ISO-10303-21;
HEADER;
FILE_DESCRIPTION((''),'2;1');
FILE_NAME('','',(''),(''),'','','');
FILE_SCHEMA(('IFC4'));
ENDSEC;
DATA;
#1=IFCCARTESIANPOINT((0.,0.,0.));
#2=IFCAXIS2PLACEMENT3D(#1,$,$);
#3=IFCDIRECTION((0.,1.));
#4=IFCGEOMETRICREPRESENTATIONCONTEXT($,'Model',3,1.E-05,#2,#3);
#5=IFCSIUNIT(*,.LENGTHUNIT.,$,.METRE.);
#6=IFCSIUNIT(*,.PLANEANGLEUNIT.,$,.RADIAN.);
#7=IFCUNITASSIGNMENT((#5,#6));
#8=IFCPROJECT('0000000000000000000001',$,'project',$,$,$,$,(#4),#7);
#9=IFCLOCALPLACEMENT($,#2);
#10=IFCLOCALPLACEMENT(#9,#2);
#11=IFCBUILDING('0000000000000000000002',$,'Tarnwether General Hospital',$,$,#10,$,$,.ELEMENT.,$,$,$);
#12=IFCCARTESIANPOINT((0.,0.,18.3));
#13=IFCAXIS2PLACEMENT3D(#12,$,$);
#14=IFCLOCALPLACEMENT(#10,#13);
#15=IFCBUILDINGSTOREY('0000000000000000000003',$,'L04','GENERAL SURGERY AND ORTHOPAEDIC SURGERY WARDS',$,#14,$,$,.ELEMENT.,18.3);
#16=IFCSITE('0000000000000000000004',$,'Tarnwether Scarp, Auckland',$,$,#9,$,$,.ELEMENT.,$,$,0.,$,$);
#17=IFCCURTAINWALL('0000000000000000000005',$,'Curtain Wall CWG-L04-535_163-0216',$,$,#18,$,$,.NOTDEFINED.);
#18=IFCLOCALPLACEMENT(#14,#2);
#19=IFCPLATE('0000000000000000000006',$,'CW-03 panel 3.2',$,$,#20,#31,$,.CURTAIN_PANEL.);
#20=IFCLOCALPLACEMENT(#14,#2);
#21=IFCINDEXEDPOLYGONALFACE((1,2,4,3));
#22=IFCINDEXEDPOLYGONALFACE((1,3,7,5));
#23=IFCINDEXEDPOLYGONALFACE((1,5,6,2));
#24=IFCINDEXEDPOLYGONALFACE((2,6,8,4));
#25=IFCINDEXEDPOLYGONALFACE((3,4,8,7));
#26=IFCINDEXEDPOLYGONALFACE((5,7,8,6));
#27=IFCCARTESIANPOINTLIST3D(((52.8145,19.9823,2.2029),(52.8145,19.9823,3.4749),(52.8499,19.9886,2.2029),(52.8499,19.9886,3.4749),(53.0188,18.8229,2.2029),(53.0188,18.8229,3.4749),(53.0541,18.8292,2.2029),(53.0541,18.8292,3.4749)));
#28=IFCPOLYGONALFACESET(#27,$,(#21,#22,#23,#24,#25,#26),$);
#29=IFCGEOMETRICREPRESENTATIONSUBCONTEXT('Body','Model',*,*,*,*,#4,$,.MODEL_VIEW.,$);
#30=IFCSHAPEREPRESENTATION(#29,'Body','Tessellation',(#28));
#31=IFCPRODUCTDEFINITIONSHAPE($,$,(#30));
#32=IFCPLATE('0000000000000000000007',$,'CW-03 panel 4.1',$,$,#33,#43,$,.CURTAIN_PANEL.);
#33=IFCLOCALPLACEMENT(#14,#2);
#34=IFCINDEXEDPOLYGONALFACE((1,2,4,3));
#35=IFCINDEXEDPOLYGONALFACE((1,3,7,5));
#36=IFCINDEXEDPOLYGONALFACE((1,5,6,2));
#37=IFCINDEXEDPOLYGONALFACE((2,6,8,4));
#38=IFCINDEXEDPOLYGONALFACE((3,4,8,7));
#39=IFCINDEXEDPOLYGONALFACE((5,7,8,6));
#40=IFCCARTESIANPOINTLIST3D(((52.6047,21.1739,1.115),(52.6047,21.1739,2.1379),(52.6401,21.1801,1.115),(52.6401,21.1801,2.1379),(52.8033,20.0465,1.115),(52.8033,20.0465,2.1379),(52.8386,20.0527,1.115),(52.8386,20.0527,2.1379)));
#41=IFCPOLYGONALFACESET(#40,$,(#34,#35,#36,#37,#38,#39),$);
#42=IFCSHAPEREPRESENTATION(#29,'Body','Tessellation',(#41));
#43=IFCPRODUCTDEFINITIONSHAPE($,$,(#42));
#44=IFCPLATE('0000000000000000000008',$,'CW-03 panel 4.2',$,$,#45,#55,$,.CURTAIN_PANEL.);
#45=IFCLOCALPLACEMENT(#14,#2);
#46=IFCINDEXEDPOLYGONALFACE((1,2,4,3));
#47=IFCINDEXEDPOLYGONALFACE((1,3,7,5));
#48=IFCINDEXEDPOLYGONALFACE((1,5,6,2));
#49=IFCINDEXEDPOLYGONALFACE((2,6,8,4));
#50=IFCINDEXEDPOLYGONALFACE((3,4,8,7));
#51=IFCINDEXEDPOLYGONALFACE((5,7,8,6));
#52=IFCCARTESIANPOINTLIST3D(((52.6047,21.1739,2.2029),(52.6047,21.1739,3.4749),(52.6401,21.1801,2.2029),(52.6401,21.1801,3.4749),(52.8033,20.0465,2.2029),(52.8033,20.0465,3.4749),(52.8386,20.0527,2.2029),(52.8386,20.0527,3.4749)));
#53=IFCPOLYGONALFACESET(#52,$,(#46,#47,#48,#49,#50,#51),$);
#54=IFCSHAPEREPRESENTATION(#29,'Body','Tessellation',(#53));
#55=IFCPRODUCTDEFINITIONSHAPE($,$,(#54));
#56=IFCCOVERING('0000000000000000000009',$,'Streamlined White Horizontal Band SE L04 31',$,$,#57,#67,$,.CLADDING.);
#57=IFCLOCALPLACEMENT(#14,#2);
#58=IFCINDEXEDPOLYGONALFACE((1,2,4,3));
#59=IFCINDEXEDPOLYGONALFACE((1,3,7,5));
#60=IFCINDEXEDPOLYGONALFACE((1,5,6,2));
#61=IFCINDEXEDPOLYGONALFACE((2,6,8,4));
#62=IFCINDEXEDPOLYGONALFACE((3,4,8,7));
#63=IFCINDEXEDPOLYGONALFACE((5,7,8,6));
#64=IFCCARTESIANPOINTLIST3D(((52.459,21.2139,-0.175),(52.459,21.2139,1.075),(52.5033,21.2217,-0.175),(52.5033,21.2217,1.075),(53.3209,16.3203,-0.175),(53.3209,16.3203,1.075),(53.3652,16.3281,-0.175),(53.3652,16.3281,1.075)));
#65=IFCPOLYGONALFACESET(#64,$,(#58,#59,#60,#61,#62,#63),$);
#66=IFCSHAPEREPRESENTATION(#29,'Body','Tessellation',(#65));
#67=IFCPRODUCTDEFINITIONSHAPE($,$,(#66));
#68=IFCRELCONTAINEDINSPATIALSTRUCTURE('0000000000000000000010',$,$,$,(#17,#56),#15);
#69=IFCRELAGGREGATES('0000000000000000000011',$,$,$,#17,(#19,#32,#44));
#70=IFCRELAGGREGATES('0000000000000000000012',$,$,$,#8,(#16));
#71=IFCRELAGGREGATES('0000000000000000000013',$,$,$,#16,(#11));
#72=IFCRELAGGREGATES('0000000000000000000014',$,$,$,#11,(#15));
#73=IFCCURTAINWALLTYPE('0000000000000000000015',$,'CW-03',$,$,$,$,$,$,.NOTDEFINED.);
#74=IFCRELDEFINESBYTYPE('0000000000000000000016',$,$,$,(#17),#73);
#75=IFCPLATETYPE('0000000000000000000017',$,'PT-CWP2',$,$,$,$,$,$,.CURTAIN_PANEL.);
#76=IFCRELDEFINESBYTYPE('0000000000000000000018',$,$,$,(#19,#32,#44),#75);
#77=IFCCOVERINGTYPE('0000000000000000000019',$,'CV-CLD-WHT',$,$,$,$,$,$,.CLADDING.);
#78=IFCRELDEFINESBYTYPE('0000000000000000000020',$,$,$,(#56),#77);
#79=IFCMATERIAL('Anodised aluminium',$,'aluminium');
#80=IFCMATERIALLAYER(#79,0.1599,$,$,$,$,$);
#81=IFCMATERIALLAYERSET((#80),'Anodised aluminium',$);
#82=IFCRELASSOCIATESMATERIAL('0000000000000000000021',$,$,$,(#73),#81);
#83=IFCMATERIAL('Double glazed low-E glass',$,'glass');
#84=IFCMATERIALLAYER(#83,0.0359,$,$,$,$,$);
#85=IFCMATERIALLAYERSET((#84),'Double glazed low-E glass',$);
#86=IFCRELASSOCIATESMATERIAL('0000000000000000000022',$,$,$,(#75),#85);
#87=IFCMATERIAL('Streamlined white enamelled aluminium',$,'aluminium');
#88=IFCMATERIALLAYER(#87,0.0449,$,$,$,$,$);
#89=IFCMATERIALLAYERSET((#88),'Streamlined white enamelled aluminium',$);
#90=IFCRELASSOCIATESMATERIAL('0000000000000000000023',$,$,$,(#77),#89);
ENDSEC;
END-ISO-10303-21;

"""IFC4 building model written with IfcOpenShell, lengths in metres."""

from ifc_helpers import new_model, si_unit, direction, frame, origin, origin_2d, place, context, subcontext, project, spatial, rectangle, extrude, material, layer, layer_set, type_object, element, aggregate, save


model = new_model("IFC4")

# Units and contexts
model_context = context("Model", 3, precision=1e-05, world=origin(), true_north=direction((0.0, 1.0)))
body_context = subcontext(model_context, "Body", "Model", "MODEL_VIEW")
ifc_project = project(units=[si_unit("LENGTHUNIT", "METRE"), si_unit("PLANEANGLEUNIT", "RADIAN")], contexts=[model_context])

# Site, building, storey
site_placement = place(None, origin())
site = spatial("IfcSite", under=ifc_project, at=site_placement, Name="Tarnwether Scarp, Auckland", CompositionType="ELEMENT", RefElevation=0.0)
building_placement = place(site_placement, origin())
building = spatial("IfcBuilding", under=site, at=building_placement, Name="Tarnwether General Hospital", CompositionType="ELEMENT")
storey_placement = place(building_placement, frame((0.0, 0.0, 18.3)))
storey = spatial("IfcBuildingStorey", under=building, at=storey_placement, Name="L04", Description="GENERAL SURGERY AND ORTHOPAEDIC SURGERY WARDS", CompositionType="ELEMENT", Elevation=18.3)

# Shared definitions
ifc_material_1 = material(Name="Anodised aluminium", Category="aluminium")
ifc_layer_1 = layer(ifc_material_1, 0.1599)
ifc_layer_set_1 = layer_set([ifc_layer_1], Name="Anodised aluminium")
curtain_wall_type = type_object("IfcCurtainWallType", Name="CW-03", PredefinedType="NOTDEFINED", material=ifc_layer_set_1)

# Curtain wall
curtain_wall_1_placement = place(storey_placement, origin())
curtain_wall_1 = element("IfcCurtainWall", 1, at=curtain_wall_1_placement, inside=storey, type_object=curtain_wall_type, Name="Curtain Wall CWG-L04-535_163-0216", PredefinedType="NOTDEFINED")

# Plates
ifc_material_2 = material(Name="Double glazed low-E glass", Category="glass")
ifc_layer_2 = layer(ifc_material_2, 0.0359)
ifc_layer_set_2 = layer_set([ifc_layer_2], Name="Double glazed low-E glass")
plate_type_1 = type_object("IfcPlateType", Name="PT-CWP2", PredefinedType="CURTAIN_PANEL", material=ifc_layer_set_2)
plate_1_placement = place(storey_placement, frame((52.9343, 19.4058, 2.2029), z_axis=(0.0, 0.0, 1.0), x_axis=(-0.173464, 0.98484, 0.0)))
plate_1 = element("IfcPlate", 2, at=plate_1_placement, type_object=plate_type_1, Name="CW-03 panel 3.2", PredefinedType="CURTAIN_PANEL", context=body_context, shape_type="SweptSolid", body=[
    extrude(rectangle(XDim=1.1772, YDim=0.0359, at=origin_2d()), origin(), (0.0, 0.0, 1.0), 1.272),
])
plate_2_placement = place(storey_placement, frame((52.7217, 20.6133, 1.115), z_axis=(0.0, 0.0, 1.0), x_axis=(-0.173464, 0.98484, 0.0)))
plate_2 = element("IfcPlate", 3, at=plate_2_placement, type_object=plate_type_1, Name="CW-03 panel 4.1", PredefinedType="CURTAIN_PANEL", context=body_context, shape_type="SweptSolid", body=[
    extrude(rectangle(XDim=1.1448, YDim=0.0359, at=origin_2d()), origin(), (0.0, 0.0, 1.0), 1.0229),
])
plate_3_placement = place(storey_placement, frame((52.7217, 20.6133, 2.2029), z_axis=(0.0, 0.0, 1.0), x_axis=(-0.173464, 0.98484, 0.0)))
plate_3 = element("IfcPlate", 4, at=plate_3_placement, type_object=plate_type_1, Name="CW-03 panel 4.2", PredefinedType="CURTAIN_PANEL", context=body_context, shape_type="SweptSolid", body=[
    extrude(rectangle(XDim=1.1448, YDim=0.0359, at=origin_2d()), origin(), (0.0, 0.0, 1.0), 1.272),
])
aggregate(curtain_wall_1, [plate_1, plate_2, plate_3])

# Covering
ifc_material_3 = material(Name="Streamlined white enamelled aluminium", Category="aluminium")
ifc_layer_3 = layer(ifc_material_3, 0.0449)
ifc_layer_set_3 = layer_set([ifc_layer_3], Name="Streamlined white enamelled aluminium")
covering_type = type_object("IfcCoveringType", Name="CV-CLD-WHT", PredefinedType="CLADDING", material=ifc_layer_set_3)
covering_placement = place(storey_placement, frame((52.9121, 18.771, -0.175), z_axis=(0.0, 0.0, 1.0), x_axis=(-0.173459, 0.984841, 0.0)))
element("IfcCovering", 5, at=covering_placement, inside=storey, type_object=covering_type, Name="Streamlined White Horizontal Band SE L04 31", PredefinedType="CLADDING", context=body_context, shape_type="SweptSolid", body=[
    extrude(rectangle(XDim=4.969, YDim=0.0449, at=origin_2d()), origin(), (0.0, 0.0, 1.0), 1.25),
])

save(model, "model.ifc")
